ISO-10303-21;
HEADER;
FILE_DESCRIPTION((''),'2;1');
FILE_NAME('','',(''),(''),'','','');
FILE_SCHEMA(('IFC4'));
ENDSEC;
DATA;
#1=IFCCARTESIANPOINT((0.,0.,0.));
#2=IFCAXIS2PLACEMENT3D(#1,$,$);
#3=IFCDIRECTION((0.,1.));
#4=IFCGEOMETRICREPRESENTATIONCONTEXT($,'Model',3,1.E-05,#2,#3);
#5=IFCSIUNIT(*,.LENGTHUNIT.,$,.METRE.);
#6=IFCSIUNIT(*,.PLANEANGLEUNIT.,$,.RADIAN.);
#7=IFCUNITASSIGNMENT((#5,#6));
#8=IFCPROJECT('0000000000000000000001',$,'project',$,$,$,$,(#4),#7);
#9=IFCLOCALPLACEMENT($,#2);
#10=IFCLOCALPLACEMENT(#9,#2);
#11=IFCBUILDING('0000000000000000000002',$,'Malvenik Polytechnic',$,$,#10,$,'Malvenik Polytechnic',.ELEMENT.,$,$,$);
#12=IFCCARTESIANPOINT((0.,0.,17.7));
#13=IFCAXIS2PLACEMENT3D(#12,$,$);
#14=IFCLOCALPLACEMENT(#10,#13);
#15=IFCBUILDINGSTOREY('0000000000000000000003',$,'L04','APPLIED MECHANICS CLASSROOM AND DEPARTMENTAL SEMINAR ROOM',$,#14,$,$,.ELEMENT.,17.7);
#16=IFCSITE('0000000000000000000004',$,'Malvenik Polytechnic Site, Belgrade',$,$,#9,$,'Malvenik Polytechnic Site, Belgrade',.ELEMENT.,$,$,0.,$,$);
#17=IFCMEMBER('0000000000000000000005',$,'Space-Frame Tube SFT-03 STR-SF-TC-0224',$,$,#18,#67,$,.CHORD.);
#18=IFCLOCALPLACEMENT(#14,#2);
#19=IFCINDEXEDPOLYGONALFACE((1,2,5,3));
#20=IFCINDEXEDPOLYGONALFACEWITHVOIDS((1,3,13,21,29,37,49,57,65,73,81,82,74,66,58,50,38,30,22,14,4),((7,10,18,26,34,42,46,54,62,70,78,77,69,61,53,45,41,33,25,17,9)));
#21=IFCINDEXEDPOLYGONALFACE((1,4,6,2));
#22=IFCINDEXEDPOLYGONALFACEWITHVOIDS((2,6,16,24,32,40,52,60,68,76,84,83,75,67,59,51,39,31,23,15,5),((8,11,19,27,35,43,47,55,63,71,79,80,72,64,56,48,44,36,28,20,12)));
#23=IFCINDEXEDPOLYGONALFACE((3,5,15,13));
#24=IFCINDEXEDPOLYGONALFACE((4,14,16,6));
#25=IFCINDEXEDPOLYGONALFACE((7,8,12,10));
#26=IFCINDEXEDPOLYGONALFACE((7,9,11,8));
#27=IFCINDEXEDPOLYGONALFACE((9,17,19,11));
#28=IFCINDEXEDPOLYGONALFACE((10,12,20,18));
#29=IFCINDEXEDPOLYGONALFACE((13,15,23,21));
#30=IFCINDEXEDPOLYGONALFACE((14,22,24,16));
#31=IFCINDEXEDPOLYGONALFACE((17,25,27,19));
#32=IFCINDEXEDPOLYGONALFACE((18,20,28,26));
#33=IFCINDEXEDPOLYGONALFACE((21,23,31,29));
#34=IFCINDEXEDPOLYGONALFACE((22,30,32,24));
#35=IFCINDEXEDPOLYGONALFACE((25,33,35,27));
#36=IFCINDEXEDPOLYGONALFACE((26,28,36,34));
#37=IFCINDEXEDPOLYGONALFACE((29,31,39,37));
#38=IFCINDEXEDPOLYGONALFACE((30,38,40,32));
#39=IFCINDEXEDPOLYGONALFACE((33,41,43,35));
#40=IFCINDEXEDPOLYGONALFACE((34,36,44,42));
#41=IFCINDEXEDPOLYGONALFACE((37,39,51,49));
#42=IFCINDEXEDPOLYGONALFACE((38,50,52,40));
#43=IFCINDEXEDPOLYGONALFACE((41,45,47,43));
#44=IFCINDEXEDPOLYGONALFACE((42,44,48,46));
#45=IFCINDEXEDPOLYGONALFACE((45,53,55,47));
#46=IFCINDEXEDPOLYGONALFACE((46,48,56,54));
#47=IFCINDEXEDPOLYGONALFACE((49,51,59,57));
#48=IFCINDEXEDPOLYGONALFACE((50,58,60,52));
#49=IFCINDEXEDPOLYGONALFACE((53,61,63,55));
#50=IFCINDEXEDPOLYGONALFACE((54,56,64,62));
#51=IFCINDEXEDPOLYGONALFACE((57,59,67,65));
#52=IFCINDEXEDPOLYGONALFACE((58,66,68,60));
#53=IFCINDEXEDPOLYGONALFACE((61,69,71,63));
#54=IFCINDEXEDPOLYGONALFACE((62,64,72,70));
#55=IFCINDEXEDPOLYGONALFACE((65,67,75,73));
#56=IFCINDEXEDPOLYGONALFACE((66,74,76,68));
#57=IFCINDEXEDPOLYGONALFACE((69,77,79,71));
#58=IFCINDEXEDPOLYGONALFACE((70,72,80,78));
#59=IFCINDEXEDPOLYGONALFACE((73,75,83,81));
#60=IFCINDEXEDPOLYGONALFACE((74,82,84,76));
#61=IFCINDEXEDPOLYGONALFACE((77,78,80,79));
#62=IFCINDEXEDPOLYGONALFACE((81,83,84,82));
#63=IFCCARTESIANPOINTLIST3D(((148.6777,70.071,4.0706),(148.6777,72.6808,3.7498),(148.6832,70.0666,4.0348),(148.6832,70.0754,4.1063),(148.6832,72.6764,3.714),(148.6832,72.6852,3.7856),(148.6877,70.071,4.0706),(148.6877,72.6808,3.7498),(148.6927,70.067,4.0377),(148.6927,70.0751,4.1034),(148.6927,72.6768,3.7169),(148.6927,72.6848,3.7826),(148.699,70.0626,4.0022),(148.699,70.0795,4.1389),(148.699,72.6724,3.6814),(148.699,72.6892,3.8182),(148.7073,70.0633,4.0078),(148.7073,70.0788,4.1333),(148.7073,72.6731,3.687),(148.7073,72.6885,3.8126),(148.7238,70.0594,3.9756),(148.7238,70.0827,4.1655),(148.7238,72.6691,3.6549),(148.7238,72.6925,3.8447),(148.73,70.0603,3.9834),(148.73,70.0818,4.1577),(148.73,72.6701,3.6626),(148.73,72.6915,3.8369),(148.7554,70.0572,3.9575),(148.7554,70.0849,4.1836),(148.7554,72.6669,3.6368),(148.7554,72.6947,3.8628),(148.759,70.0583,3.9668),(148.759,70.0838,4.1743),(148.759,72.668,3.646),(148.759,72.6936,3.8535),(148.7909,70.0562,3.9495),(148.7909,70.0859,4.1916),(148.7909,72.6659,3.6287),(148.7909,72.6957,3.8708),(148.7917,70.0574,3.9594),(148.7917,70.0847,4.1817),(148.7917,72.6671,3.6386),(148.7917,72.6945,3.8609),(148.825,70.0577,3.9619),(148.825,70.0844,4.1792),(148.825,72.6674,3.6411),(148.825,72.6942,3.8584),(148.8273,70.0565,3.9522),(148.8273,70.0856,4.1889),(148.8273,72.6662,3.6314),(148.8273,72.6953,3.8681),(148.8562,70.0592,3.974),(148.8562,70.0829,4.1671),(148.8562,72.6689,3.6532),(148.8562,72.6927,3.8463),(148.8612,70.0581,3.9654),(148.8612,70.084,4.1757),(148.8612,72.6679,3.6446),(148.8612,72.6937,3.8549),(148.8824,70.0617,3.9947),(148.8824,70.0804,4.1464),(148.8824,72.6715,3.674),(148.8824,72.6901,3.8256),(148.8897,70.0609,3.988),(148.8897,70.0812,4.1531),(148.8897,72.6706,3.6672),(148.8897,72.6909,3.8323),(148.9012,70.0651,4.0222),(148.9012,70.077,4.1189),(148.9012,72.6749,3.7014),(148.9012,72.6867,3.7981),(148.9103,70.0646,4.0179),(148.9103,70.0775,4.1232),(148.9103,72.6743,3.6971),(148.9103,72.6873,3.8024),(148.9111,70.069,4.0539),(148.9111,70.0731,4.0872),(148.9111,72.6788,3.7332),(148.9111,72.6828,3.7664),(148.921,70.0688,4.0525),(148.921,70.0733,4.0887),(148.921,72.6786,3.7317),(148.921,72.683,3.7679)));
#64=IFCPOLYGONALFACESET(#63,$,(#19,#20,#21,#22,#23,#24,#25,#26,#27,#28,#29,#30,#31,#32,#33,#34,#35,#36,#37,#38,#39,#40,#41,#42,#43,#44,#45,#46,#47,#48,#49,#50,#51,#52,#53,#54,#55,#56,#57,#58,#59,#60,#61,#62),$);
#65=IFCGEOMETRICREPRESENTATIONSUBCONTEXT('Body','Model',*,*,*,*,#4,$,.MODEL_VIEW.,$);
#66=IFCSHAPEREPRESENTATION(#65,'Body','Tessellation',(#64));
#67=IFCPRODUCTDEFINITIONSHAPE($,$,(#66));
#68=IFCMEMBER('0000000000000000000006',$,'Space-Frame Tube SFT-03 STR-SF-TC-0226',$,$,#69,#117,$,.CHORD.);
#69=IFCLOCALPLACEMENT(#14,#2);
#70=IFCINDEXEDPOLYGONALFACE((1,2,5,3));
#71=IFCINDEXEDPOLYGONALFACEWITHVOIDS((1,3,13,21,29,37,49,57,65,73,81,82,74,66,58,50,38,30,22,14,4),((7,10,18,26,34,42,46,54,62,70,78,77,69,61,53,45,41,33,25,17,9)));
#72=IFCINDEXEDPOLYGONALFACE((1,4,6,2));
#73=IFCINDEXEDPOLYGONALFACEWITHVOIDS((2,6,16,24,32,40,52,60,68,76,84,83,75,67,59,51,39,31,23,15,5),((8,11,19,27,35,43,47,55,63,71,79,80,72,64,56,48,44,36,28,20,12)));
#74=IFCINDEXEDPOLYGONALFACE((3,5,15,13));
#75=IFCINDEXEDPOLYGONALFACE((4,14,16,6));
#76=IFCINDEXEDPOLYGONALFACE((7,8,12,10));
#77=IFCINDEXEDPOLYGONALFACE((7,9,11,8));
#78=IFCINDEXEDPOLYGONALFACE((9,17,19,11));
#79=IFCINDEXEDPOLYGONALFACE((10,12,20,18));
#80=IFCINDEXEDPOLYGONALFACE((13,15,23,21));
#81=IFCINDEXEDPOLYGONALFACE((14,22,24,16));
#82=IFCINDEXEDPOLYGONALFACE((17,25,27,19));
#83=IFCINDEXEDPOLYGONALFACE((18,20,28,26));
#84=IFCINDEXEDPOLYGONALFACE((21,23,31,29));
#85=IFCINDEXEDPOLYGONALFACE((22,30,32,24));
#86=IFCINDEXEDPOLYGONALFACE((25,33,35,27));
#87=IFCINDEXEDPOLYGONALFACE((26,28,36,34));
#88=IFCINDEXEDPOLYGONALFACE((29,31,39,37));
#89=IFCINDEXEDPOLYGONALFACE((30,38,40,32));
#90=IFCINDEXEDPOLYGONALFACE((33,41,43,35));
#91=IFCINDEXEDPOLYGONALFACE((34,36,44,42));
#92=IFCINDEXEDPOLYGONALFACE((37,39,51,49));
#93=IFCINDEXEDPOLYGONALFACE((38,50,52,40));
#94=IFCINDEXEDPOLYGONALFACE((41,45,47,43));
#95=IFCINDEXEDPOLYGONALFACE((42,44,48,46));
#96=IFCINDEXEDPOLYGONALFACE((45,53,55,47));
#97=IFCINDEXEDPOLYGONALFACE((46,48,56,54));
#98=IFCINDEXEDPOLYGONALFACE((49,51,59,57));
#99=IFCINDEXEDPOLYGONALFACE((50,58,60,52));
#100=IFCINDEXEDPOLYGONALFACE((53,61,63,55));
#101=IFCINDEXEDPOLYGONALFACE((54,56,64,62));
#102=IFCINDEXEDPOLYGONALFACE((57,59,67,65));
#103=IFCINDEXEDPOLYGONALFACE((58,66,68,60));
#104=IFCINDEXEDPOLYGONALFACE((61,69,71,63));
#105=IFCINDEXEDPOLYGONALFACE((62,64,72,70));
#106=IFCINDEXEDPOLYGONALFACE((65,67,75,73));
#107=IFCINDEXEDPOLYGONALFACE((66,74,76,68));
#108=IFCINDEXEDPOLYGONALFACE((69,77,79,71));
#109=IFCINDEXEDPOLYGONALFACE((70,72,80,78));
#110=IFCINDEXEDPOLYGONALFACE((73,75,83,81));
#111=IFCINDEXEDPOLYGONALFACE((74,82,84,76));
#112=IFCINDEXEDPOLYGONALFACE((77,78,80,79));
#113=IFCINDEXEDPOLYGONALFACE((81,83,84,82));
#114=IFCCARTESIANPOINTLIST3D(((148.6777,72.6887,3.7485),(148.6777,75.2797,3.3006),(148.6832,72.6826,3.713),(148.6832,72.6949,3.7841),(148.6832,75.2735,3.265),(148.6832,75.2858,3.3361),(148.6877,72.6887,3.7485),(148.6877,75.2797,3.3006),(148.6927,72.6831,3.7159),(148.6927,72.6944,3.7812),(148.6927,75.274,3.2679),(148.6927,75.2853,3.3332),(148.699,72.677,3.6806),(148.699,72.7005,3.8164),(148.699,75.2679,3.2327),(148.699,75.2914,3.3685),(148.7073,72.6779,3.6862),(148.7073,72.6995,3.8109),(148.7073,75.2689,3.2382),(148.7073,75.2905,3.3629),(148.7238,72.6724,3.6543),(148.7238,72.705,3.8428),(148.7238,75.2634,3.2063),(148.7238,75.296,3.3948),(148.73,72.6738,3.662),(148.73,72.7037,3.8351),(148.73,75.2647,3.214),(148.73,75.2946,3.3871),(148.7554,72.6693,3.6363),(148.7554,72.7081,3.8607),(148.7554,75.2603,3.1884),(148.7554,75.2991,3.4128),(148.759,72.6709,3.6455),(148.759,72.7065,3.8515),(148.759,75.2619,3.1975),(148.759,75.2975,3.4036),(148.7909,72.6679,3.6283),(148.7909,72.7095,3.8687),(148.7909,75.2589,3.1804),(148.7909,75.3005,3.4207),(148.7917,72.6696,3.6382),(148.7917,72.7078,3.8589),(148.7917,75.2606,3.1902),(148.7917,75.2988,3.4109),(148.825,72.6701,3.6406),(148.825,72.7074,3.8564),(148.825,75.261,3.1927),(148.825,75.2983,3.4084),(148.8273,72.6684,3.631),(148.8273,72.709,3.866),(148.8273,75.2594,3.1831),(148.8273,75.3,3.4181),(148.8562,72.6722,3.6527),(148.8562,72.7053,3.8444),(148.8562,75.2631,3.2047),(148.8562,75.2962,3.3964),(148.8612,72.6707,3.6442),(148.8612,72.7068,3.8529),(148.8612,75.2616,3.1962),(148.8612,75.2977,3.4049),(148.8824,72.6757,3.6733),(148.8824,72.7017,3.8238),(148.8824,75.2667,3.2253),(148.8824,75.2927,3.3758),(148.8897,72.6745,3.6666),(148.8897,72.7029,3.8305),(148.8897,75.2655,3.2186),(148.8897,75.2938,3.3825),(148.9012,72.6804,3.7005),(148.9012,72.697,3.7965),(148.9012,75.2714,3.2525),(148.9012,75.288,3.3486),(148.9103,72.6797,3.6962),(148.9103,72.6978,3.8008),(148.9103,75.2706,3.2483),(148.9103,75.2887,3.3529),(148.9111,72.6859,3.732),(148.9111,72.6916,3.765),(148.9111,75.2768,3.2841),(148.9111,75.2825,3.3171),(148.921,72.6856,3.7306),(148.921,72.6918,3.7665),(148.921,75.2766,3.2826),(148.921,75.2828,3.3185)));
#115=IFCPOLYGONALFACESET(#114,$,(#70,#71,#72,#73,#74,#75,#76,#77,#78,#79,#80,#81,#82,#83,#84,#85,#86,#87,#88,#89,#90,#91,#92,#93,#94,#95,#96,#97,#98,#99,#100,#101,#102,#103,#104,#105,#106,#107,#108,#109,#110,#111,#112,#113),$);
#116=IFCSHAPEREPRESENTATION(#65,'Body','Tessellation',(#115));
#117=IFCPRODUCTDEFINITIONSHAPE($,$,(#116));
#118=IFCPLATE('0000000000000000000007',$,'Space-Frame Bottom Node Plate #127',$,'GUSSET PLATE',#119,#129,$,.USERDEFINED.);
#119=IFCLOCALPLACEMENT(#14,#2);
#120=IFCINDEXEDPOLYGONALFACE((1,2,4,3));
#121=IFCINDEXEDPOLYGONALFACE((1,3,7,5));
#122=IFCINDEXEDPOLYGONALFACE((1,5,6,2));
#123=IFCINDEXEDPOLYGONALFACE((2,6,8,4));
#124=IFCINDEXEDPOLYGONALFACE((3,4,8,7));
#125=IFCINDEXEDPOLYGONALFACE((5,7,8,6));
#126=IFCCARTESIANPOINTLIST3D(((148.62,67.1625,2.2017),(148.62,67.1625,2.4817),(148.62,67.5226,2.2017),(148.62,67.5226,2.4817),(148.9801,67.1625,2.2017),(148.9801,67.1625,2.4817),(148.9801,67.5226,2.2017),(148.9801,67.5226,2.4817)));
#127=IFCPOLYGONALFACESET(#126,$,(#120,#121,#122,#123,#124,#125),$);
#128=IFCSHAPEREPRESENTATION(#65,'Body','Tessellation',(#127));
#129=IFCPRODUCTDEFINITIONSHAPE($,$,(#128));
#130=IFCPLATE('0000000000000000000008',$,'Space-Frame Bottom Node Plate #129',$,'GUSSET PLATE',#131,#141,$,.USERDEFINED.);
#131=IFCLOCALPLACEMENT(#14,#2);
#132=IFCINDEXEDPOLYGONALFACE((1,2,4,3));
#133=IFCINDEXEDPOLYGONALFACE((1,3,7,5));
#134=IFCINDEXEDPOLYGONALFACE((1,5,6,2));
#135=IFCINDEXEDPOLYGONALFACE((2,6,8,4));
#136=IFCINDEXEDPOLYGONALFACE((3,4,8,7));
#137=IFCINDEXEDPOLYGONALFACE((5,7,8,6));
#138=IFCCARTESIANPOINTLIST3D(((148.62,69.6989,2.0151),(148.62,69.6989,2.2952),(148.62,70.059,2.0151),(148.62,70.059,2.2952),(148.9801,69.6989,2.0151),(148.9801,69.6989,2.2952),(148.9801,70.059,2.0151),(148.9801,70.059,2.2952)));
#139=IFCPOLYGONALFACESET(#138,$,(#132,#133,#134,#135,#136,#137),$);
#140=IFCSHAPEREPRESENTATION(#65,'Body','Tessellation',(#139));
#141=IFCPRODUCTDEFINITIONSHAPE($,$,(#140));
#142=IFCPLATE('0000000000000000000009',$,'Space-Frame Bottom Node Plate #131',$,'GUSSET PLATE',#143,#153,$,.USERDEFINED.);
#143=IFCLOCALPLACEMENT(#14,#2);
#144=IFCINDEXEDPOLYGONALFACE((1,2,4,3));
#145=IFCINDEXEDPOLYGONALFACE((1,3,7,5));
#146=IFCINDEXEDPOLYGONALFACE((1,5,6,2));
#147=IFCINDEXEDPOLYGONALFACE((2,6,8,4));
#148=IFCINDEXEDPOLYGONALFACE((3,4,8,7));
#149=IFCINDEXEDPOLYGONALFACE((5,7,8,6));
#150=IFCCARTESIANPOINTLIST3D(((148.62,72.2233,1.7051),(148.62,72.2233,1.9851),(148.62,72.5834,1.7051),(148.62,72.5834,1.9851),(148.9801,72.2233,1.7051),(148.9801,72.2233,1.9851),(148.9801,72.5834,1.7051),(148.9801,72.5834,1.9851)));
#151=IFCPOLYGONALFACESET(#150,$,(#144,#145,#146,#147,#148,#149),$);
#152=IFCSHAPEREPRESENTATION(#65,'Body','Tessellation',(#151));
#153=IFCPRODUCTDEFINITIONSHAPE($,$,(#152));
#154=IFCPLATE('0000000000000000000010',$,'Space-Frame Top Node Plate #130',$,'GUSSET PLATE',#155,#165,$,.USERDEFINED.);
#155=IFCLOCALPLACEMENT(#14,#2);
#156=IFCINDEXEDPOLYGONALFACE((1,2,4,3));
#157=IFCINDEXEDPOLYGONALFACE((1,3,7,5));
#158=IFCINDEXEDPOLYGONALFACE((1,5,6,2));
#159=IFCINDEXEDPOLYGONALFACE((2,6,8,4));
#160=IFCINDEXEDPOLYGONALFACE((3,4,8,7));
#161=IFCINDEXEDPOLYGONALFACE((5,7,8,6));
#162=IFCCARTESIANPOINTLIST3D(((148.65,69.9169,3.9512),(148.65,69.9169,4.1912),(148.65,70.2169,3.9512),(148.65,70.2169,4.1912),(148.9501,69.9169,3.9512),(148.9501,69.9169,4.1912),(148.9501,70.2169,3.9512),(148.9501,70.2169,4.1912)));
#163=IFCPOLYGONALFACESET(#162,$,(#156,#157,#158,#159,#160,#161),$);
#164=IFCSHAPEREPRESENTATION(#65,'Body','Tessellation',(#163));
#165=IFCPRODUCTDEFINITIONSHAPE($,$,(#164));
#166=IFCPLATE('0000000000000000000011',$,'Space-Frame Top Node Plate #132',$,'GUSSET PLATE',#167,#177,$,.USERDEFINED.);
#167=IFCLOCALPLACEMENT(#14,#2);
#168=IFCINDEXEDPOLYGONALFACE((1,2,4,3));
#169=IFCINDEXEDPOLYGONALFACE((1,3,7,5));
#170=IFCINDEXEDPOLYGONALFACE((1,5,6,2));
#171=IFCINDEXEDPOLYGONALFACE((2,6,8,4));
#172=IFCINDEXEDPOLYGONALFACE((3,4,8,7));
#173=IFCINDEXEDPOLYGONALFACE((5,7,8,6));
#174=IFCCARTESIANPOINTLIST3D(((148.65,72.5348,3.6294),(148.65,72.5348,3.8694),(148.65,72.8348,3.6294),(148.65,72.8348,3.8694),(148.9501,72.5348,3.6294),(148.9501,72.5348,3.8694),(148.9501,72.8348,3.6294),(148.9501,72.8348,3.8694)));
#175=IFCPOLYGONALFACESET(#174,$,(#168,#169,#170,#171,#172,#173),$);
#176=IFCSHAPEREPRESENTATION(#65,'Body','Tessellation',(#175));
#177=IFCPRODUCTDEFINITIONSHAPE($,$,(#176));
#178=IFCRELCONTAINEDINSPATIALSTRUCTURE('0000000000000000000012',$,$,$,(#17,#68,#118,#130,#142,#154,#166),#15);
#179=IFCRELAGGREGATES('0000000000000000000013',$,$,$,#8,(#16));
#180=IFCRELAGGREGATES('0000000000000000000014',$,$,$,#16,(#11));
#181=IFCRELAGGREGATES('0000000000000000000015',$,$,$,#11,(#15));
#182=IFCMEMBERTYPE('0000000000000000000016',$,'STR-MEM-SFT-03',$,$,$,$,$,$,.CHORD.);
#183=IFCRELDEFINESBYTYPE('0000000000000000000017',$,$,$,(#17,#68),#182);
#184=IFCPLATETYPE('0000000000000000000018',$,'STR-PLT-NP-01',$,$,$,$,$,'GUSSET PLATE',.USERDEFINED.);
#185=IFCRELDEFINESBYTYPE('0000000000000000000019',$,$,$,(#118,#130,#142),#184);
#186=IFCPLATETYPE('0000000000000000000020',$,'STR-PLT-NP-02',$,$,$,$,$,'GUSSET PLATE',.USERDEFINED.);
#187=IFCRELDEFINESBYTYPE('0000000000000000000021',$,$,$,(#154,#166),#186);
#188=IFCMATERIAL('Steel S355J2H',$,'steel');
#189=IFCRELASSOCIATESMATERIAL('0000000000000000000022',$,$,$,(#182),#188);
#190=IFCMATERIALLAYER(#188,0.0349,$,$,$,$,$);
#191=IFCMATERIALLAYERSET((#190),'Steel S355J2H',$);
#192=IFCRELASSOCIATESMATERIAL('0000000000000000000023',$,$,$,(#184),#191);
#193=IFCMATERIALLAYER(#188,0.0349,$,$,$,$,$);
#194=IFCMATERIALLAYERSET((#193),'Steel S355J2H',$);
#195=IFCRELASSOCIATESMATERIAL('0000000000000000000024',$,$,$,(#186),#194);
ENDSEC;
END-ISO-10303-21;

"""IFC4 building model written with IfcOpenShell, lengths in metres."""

from ifc_helpers import new_model, si_unit, direction, frame, origin, origin_2d, place, context, subcontext, project, spatial, rectangle, hollow_circle, extrude, material, layer, layer_set, material_profile, profile_set, type_object, element, save


model = new_model("IFC4")

# Units and contexts
model_context = context("Model", 3, precision=1e-05, world=origin(), true_north=direction((0.0, 1.0)))
body_context = subcontext(model_context, "Body", "Model", "MODEL_VIEW")
ifc_project = project(units=[si_unit("LENGTHUNIT", "METRE"), si_unit("PLANEANGLEUNIT", "RADIAN")], contexts=[model_context])

# Site, building, storey
site_placement = place(None, origin())
site = spatial("IfcSite", under=ifc_project, at=site_placement, Name="Malvenik Polytechnic Site, Belgrade", LongName="Malvenik Polytechnic Site, Belgrade", CompositionType="ELEMENT", RefElevation=0.0)
building_placement = place(site_placement, origin())
building = spatial("IfcBuilding", under=site, at=building_placement, Name="Malvenik Polytechnic", LongName="Malvenik Polytechnic", CompositionType="ELEMENT")
storey_placement = place(building_placement, frame((0.0, 0.0, 17.7)))
storey = spatial("IfcBuildingStorey", under=building, at=storey_placement, Name="L04", Description="APPLIED MECHANICS CLASSROOM AND DEPARTMENTAL SEMINAR ROOM", CompositionType="ELEMENT", Elevation=17.7)

# Members
ifc_material_1 = material(Name="Steel S355J2H", Category="steel")
ifc_material_profile_1 = material_profile(ifc_material_1, hollow_circle(Radius=0.1223, WallThickness=0.01, at=origin_2d()), Name="CHS 244.5x10.0")
ifc_profile_set_1 = profile_set([ifc_material_profile_1], Name="Steel S355J2H")
member_type_1 = type_object("IfcMemberType", Name="STR-MEM-SFT-03", PredefinedType="CHORD", material=ifc_profile_set_1)
for number, where, z_axis, x_axis, name in (
    (1, (148.8, 70.071, 4.0706), (0.0, 0.99253, -0.122), (-1.0, 0.0, 0.0), "Space-Frame Tube SFT-03 STR-SF-TC-0224"),
    (2, (148.8, 72.6887, 3.7485), (0.0, 0.98538, -0.170373), (-1.0, 0.0, 0.0), "Space-Frame Tube SFT-03 STR-SF-TC-0226"),
):
    element("IfcMember", number, at=place(storey_placement, frame(where, z_axis=z_axis, x_axis=x_axis)), inside=storey, type_object=member_type_1, Name=name, PredefinedType="CHORD", context=body_context, shape_type="SweptSolid", body=[
        extrude(hollow_circle(Radius=0.1223, WallThickness=0.01, at=origin_2d()), origin(), (0.0, 0.0, 1.0), 2.6294),
    ])

# Plates
ifc_layer_1 = layer(ifc_material_1, 0.0349)
ifc_layer_set_1 = layer_set([ifc_layer_1], Name="Steel S355J2H")
plate_type_1 = type_object("IfcPlateType", Name="STR-PLT-NP-01", ElementType="GUSSET PLATE", PredefinedType="USERDEFINED", material=ifc_layer_set_1)
for number, where, z_axis, x_axis, name in (
    (3, (148.8, 67.3425, 2.2017), (0.0, 0.0, 1.0), (1.0, 0.0, 0.0), "Space-Frame Bottom Node Plate #127"),
    (4, (148.8, 69.8789, 2.0151), (0.0, 0.0, 1.0), (1.0, 0.0, 0.0), "Space-Frame Bottom Node Plate #129"),
    (5, (148.8, 72.4033, 1.7051), (0.0, 0.0, 1.0), (1.0, 0.0, 0.0), "Space-Frame Bottom Node Plate #131"),
):
    element("IfcPlate", number, at=place(storey_placement, frame(where, z_axis=z_axis, x_axis=x_axis)), inside=storey, type_object=plate_type_1, Name=name, ObjectType="GUSSET PLATE", PredefinedType="USERDEFINED", context=body_context, shape_type="SweptSolid", body=[
        extrude(rectangle(XDim=0.3601, YDim=0.3601, at=origin_2d()), origin(), (0.0, 0.0, 1.0), 0.28),
    ])
ifc_layer_2 = layer(ifc_material_1, 0.0349)
ifc_layer_set_2 = layer_set([ifc_layer_2], Name="Steel S355J2H")
plate_type_2 = type_object("IfcPlateType", Name="STR-PLT-NP-02", ElementType="GUSSET PLATE", PredefinedType="USERDEFINED", material=ifc_layer_set_2)
for number, where, z_axis, x_axis, name in (
    (6, (148.8, 70.0669, 3.9512), (0.0, 0.0, 1.0), (1.0, 0.0, 0.0), "Space-Frame Top Node Plate #130"),
    (7, (148.8, 72.6848, 3.6294), (0.0, 0.0, 1.0), (1.0, 0.0, 0.0), "Space-Frame Top Node Plate #132"),
):
    element("IfcPlate", number, at=place(storey_placement, frame(where, z_axis=z_axis, x_axis=x_axis)), inside=storey, type_object=plate_type_2, Name=name, ObjectType="GUSSET PLATE", PredefinedType="USERDEFINED", context=body_context, shape_type="SweptSolid", body=[
        extrude(rectangle(XDim=0.3, YDim=0.3, at=origin_2d()), origin(), (0.0, 0.0, 1.0), 0.24),
    ])

save(model, "model.ifc")
